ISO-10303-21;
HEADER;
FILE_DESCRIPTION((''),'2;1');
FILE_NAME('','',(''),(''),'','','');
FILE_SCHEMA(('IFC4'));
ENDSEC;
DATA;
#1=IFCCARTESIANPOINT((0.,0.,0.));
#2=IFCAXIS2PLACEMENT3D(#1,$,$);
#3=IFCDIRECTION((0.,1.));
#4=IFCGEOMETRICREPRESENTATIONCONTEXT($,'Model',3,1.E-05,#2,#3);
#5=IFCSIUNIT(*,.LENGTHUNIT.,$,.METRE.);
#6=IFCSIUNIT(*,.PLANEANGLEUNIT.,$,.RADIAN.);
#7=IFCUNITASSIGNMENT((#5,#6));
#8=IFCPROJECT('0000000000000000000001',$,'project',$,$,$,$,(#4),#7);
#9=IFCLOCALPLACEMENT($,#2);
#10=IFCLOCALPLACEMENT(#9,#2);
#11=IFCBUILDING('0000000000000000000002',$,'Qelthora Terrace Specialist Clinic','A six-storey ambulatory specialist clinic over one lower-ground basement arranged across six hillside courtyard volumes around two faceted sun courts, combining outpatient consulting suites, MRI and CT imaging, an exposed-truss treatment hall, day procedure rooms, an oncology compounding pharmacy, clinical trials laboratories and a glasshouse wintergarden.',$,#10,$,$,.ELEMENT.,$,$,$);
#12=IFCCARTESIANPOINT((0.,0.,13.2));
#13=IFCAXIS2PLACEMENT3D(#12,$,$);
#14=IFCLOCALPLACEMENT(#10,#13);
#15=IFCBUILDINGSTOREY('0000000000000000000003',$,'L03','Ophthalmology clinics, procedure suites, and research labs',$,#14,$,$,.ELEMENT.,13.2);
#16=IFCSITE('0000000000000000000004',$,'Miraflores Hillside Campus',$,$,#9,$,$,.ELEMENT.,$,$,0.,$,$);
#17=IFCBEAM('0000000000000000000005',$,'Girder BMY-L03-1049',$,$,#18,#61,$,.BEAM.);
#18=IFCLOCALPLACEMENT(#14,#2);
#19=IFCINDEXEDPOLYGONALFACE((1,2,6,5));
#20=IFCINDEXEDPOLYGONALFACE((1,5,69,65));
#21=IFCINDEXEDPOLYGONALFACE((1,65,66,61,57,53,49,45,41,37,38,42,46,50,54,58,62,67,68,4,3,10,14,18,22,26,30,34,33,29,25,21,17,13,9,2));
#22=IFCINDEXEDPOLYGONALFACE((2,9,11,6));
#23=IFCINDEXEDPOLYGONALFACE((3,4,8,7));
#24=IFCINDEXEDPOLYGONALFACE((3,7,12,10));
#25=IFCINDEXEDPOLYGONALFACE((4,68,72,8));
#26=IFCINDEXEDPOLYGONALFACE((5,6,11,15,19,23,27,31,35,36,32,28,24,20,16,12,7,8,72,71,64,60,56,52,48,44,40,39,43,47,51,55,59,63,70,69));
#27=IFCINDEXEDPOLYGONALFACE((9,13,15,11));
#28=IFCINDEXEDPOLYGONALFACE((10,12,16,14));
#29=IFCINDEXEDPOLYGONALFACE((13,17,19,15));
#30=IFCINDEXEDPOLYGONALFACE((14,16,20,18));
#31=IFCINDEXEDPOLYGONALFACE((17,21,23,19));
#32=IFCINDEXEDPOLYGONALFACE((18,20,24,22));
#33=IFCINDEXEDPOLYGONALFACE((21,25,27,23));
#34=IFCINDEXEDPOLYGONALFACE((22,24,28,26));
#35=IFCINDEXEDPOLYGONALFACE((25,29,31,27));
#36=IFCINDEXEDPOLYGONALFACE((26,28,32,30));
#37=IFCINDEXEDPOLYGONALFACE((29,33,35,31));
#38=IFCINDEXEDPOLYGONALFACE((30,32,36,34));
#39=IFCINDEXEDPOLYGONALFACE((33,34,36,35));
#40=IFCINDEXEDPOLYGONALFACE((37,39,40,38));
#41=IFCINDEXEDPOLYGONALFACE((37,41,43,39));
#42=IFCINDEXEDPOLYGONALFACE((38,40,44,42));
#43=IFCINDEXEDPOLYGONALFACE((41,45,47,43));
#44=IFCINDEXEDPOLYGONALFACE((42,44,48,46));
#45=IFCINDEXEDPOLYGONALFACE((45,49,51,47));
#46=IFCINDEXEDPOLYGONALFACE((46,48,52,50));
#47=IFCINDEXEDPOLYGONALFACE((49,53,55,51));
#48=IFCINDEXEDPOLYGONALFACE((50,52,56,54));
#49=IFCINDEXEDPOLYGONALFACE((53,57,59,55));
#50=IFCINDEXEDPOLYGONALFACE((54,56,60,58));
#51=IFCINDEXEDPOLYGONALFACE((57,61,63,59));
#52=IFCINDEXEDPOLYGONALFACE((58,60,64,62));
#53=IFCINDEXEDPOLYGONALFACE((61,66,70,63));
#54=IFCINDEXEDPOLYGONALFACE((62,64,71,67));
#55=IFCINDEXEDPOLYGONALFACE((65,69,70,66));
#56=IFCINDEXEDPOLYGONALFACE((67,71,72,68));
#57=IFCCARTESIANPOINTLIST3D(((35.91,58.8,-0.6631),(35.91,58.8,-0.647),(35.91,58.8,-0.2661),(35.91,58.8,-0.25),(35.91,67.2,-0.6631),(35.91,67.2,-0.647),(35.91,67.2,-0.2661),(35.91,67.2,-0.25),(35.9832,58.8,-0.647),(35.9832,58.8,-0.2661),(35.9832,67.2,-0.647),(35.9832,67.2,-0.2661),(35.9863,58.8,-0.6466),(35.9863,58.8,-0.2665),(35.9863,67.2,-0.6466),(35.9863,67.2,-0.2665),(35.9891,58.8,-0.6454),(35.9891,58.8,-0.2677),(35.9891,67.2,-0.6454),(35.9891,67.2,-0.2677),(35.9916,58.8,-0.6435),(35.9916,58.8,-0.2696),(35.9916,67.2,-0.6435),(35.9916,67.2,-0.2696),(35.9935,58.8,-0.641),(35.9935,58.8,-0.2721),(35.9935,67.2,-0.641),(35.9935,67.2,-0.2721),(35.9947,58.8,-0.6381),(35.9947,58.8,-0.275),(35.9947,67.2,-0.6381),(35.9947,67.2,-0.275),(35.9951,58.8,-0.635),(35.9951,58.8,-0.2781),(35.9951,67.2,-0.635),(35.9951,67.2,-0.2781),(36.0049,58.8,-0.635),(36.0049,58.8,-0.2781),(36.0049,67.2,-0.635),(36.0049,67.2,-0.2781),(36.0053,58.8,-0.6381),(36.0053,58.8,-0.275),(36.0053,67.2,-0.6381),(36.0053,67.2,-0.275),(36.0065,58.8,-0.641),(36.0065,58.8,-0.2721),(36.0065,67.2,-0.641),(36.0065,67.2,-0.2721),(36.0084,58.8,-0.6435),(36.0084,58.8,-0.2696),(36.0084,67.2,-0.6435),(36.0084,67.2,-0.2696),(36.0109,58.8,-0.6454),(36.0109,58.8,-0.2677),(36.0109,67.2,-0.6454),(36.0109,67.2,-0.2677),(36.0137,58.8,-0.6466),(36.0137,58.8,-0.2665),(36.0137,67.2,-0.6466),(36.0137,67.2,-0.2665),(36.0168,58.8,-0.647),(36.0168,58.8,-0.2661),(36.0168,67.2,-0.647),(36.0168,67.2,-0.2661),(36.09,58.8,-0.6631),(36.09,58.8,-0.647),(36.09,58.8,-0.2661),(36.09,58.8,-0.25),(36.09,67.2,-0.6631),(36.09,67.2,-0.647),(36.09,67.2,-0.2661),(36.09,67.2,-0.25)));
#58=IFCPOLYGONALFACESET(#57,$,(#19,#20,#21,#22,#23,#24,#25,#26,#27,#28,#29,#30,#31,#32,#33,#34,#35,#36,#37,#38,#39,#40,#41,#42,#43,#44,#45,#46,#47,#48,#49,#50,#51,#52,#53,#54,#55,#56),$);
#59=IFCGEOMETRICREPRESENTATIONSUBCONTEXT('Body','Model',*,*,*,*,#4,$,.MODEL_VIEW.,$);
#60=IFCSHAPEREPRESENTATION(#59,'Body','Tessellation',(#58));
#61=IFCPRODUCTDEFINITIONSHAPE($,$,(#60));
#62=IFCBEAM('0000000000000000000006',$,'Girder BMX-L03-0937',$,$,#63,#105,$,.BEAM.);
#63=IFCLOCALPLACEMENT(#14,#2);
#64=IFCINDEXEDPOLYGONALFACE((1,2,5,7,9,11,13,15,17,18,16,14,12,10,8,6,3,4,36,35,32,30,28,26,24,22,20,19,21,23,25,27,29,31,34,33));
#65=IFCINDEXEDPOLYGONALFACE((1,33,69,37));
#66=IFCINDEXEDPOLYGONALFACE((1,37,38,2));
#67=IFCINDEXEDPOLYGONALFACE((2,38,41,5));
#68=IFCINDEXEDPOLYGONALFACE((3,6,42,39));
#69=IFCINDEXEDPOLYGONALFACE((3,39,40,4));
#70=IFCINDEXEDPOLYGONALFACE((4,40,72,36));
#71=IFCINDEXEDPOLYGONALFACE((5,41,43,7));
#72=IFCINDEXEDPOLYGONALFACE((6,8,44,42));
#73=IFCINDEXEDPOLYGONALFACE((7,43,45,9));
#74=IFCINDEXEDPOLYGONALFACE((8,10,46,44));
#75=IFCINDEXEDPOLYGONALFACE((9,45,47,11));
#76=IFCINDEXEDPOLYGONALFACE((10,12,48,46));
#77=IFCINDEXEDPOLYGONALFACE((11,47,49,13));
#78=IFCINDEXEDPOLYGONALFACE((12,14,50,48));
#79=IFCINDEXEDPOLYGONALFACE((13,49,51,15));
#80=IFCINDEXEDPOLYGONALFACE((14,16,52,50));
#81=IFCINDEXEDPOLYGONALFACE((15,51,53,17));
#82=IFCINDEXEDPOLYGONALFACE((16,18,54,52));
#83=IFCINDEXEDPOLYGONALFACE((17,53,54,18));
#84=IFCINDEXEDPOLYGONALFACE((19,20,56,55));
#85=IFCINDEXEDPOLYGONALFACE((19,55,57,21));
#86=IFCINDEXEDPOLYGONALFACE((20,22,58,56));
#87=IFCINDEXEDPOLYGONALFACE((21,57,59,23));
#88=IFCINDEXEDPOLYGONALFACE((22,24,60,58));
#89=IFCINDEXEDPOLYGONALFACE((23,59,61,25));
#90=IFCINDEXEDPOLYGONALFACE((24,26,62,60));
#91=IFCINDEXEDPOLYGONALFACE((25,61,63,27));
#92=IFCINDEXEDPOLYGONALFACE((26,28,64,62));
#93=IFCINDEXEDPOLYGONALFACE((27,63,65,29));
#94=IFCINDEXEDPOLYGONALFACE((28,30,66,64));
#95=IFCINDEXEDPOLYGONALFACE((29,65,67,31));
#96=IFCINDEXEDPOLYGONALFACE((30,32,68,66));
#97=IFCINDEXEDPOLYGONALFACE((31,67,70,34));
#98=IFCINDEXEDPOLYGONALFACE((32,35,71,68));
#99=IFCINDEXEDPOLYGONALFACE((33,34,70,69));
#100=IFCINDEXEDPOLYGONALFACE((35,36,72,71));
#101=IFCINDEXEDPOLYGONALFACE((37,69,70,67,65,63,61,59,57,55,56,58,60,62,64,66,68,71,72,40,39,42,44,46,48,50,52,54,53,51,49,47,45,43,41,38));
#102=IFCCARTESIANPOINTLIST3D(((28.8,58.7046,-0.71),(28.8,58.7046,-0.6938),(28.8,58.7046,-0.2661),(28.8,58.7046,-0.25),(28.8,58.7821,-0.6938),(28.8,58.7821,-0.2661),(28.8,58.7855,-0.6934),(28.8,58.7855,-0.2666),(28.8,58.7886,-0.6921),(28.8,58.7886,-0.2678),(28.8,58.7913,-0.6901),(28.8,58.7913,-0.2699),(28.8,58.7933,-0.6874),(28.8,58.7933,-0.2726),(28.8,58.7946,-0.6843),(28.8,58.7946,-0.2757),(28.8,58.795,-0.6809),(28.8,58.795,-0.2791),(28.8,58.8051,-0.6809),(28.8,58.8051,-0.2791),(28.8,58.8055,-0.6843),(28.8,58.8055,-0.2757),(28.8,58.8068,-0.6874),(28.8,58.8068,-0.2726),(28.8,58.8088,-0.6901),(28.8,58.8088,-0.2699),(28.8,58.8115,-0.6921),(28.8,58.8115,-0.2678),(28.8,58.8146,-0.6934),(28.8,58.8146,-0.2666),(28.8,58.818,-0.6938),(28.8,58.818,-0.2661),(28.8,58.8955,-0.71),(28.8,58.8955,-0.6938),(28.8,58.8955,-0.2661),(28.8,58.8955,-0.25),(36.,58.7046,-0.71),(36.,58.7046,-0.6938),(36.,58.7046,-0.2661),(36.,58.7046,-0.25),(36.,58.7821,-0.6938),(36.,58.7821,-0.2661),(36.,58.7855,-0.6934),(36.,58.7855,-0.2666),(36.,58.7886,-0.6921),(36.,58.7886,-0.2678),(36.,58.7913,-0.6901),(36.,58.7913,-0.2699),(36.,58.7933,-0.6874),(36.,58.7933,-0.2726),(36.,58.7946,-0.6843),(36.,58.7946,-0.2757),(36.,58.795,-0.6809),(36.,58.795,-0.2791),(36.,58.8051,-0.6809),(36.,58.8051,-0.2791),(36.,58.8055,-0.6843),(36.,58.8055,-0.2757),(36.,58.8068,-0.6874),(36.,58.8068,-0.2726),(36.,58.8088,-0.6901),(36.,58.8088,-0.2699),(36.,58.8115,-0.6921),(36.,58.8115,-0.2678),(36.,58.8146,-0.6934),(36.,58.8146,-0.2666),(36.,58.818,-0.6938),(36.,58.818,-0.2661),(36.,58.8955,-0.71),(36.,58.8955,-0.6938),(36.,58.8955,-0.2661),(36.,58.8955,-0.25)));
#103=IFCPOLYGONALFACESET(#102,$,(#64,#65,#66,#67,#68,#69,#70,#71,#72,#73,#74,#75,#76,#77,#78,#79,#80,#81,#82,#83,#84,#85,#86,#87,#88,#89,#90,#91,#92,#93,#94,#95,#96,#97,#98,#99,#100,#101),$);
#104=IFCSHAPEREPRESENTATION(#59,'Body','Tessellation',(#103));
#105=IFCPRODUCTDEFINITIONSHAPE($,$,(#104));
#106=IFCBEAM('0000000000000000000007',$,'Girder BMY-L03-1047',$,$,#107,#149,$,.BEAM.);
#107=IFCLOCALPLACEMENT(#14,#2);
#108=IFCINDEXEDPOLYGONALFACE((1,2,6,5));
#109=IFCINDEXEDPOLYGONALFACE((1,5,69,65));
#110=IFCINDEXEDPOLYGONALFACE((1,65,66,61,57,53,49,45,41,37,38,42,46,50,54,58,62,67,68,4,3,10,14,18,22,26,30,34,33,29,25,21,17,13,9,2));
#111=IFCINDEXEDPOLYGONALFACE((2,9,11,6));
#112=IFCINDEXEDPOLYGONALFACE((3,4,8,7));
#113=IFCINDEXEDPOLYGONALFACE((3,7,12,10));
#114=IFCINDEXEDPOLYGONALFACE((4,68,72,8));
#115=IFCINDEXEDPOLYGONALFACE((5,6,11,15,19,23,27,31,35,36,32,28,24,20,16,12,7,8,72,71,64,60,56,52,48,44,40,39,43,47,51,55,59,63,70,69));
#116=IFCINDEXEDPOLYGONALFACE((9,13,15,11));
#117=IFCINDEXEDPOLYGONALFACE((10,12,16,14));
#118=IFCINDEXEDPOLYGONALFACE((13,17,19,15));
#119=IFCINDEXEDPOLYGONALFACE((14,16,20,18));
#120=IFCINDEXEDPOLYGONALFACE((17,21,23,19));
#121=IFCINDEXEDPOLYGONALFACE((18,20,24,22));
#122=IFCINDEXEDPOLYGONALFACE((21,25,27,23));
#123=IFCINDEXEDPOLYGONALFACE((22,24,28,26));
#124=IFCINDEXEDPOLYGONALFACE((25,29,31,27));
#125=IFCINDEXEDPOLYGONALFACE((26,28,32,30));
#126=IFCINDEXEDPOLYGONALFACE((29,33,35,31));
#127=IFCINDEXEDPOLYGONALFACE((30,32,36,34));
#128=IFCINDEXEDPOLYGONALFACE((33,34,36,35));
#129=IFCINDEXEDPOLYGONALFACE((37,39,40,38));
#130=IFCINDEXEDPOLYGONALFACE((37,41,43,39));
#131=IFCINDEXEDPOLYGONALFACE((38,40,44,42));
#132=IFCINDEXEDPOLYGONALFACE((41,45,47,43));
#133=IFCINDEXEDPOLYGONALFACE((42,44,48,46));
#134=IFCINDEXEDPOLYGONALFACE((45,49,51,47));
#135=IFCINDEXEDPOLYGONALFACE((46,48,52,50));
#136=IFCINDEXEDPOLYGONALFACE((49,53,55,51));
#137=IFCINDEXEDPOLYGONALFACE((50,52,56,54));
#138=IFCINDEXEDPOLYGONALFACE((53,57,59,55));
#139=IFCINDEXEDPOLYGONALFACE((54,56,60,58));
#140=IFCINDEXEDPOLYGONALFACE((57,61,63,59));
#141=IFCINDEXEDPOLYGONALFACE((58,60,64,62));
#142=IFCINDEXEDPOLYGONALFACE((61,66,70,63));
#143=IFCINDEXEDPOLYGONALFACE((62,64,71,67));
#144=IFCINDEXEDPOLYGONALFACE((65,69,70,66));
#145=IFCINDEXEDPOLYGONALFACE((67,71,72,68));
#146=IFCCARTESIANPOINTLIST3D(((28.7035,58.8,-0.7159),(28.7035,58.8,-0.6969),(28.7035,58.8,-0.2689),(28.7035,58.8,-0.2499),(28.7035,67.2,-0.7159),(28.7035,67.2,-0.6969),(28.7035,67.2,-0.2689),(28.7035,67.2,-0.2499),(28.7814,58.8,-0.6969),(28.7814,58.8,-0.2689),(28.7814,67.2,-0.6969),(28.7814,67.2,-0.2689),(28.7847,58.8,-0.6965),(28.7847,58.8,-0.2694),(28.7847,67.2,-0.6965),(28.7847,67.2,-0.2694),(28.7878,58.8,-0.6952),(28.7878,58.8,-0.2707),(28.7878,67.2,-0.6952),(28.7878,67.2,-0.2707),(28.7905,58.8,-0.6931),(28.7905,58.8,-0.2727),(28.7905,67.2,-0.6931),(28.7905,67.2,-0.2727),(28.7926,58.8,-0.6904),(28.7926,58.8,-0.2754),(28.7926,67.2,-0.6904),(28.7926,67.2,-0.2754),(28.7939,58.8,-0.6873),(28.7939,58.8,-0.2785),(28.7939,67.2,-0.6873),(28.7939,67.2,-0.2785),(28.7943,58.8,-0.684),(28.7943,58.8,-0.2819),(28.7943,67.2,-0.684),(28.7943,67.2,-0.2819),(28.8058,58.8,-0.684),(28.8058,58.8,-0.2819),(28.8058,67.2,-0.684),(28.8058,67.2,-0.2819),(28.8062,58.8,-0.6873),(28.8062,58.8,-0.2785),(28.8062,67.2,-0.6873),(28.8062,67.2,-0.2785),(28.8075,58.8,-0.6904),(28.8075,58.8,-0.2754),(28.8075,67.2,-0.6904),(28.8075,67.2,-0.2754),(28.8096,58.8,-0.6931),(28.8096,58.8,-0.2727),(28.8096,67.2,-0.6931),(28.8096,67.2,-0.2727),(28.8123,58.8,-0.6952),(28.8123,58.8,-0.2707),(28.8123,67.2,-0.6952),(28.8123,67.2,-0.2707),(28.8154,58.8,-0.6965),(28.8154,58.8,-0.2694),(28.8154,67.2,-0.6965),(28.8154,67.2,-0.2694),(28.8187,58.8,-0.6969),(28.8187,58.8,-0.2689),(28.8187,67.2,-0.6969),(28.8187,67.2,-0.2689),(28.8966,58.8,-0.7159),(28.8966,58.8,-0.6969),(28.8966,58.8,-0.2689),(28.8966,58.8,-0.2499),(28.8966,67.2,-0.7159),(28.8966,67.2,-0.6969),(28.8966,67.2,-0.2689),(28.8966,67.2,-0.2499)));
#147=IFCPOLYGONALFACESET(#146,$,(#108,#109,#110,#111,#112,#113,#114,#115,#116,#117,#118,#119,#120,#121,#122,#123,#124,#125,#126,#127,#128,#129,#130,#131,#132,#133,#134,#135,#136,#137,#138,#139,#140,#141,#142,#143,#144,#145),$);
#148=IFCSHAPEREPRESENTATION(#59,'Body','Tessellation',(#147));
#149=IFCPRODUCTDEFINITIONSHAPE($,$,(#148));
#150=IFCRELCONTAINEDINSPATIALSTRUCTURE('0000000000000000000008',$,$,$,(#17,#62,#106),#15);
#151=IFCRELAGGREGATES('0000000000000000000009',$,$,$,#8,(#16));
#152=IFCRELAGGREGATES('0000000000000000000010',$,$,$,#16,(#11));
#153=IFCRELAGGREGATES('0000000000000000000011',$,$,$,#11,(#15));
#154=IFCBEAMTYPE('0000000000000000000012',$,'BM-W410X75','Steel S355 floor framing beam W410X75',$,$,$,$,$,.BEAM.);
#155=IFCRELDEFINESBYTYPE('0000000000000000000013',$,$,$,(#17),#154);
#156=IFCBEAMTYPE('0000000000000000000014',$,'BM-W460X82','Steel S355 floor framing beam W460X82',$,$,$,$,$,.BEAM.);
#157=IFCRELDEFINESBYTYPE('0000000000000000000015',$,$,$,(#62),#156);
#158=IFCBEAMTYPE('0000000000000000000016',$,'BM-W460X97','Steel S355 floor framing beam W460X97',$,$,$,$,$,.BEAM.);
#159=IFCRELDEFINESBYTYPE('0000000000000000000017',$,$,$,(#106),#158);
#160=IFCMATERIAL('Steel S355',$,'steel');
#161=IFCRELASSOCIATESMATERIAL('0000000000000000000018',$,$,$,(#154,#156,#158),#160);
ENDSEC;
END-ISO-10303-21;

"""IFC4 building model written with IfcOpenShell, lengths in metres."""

from ifc_helpers import new_model, si_unit, direction, frame, origin, origin_2d, place, context, subcontext, project, spatial, i_section, extrude, material, material_profile, profile_set, type_object, element, save


model = new_model("IFC4")

# Units and contexts
model_context = context("Model", 3, precision=1e-05, world=origin(), true_north=direction((0.0, 1.0)))
body_context = subcontext(model_context, "Body", "Model", "MODEL_VIEW")
ifc_project = project(units=[si_unit("LENGTHUNIT", "METRE"), si_unit("PLANEANGLEUNIT", "RADIAN")], contexts=[model_context])

# Site, building, storey
site_placement = place(None, origin())
site = spatial("IfcSite", under=ifc_project, at=site_placement, Name="Miraflores Hillside Campus", CompositionType="ELEMENT", RefElevation=0.0)
building_placement = place(site_placement, origin())
building = spatial("IfcBuilding", under=site, at=building_placement, Name="Qelthora Terrace Specialist Clinic", Description="A six-storey ambulatory specialist clinic over one lower-ground basement arranged across six hillside courtyard volumes around two faceted sun courts, combining outpatient consulting suites, MRI and CT imaging, an exposed-truss treatment hall, day procedure rooms, an oncology compounding pharmacy, clinical trials laboratories and a glasshouse wintergarden.", CompositionType="ELEMENT")
storey_placement = place(building_placement, frame((0.0, 0.0, 13.2)))
storey = spatial("IfcBuildingStorey", under=building, at=storey_placement, Name="L03", Description="Ophthalmology clinics, procedure suites, and research labs", CompositionType="ELEMENT", Elevation=13.2)

# Shared definitions
ifc_material_1 = material(Name="Steel S355", Category="steel")

# Beams
ifc_material_profile_1 = material_profile(ifc_material_1, i_section(OverallWidth=0.1799, OverallDepth=0.4131, WebThickness=0.0098, FlangeThickness=0.0161, FilletRadius=0.012, at=origin_2d()), Name="W410X75")
ifc_profile_set_1 = profile_set([ifc_material_profile_1], Name="Steel S355")
beam_type_1 = type_object("IfcBeamType", Name="BM-W410X75", Description="Steel S355 floor framing beam W410X75", PredefinedType="BEAM", material=ifc_profile_set_1)
beam_1_placement = place(storey_placement, frame((36.0, 58.8, -0.4565), z_axis=(0.0, 1.0, 0.0), x_axis=(-1.0, 0.0, 0.0)))
element("IfcBeam", 1, at=beam_1_placement, inside=storey, type_object=beam_type_1, Name="Girder BMY-L03-1049", PredefinedType="BEAM", context=body_context, shape_type="SweptSolid", body=[
    extrude(i_section(OverallWidth=0.1799, OverallDepth=0.4131, WebThickness=0.0098, FlangeThickness=0.0161, FilletRadius=0.012, at=origin_2d()), origin(), (0.0, 0.0, 1.0), 8.3999),
])
ifc_material_profile_2 = material_profile(ifc_material_1, i_section(OverallWidth=0.1909, OverallDepth=0.46, WebThickness=0.01, FlangeThickness=0.0161, FilletRadius=0.0129, at=origin_2d()), Name="W460X82")
ifc_profile_set_2 = profile_set([ifc_material_profile_2], Name="Steel S355")
beam_type_2 = type_object("IfcBeamType", Name="BM-W460X82", Description="Steel S355 floor framing beam W460X82", PredefinedType="BEAM", material=ifc_profile_set_2)
beam_2_placement = place(storey_placement, frame((28.8, 58.8, -0.48), z_axis=(1.0, 0.0, 0.0), x_axis=(0.0, 1.0, 0.0)))
element("IfcBeam", 2, at=beam_2_placement, inside=storey, type_object=beam_type_2, Name="Girder BMX-L03-0937", PredefinedType="BEAM", context=body_context, shape_type="SweptSolid", body=[
    extrude(i_section(OverallWidth=0.1909, OverallDepth=0.46, WebThickness=0.01, FlangeThickness=0.0161, FilletRadius=0.0129, at=origin_2d()), origin(), (0.0, 0.0, 1.0), 7.2),
])
ifc_material_profile_3 = material_profile(ifc_material_1, i_section(OverallWidth=0.1931, OverallDepth=0.4661, WebThickness=0.0115, FlangeThickness=0.019, FilletRadius=0.0129, at=origin_2d()), Name="W460X97")
ifc_profile_set_3 = profile_set([ifc_material_profile_3], Name="Steel S355")
beam_type_3 = type_object("IfcBeamType", Name="BM-W460X97", Description="Steel S355 floor framing beam W460X97", PredefinedType="BEAM", material=ifc_profile_set_3)
beam_3_placement = place(storey_placement, frame((28.8, 58.8, -0.4829), z_axis=(0.0, 1.0, 0.0), x_axis=(-1.0, 0.0, 0.0)))
element("IfcBeam", 3, at=beam_3_placement, inside=storey, type_object=beam_type_3, Name="Girder BMY-L03-1047", PredefinedType="BEAM", context=body_context, shape_type="SweptSolid", body=[
    extrude(i_section(OverallWidth=0.1931, OverallDepth=0.4661, WebThickness=0.0115, FlangeThickness=0.019, FilletRadius=0.0129, at=origin_2d()), origin(), (0.0, 0.0, 1.0), 8.3999),
])

save(model, "model.ifc")
